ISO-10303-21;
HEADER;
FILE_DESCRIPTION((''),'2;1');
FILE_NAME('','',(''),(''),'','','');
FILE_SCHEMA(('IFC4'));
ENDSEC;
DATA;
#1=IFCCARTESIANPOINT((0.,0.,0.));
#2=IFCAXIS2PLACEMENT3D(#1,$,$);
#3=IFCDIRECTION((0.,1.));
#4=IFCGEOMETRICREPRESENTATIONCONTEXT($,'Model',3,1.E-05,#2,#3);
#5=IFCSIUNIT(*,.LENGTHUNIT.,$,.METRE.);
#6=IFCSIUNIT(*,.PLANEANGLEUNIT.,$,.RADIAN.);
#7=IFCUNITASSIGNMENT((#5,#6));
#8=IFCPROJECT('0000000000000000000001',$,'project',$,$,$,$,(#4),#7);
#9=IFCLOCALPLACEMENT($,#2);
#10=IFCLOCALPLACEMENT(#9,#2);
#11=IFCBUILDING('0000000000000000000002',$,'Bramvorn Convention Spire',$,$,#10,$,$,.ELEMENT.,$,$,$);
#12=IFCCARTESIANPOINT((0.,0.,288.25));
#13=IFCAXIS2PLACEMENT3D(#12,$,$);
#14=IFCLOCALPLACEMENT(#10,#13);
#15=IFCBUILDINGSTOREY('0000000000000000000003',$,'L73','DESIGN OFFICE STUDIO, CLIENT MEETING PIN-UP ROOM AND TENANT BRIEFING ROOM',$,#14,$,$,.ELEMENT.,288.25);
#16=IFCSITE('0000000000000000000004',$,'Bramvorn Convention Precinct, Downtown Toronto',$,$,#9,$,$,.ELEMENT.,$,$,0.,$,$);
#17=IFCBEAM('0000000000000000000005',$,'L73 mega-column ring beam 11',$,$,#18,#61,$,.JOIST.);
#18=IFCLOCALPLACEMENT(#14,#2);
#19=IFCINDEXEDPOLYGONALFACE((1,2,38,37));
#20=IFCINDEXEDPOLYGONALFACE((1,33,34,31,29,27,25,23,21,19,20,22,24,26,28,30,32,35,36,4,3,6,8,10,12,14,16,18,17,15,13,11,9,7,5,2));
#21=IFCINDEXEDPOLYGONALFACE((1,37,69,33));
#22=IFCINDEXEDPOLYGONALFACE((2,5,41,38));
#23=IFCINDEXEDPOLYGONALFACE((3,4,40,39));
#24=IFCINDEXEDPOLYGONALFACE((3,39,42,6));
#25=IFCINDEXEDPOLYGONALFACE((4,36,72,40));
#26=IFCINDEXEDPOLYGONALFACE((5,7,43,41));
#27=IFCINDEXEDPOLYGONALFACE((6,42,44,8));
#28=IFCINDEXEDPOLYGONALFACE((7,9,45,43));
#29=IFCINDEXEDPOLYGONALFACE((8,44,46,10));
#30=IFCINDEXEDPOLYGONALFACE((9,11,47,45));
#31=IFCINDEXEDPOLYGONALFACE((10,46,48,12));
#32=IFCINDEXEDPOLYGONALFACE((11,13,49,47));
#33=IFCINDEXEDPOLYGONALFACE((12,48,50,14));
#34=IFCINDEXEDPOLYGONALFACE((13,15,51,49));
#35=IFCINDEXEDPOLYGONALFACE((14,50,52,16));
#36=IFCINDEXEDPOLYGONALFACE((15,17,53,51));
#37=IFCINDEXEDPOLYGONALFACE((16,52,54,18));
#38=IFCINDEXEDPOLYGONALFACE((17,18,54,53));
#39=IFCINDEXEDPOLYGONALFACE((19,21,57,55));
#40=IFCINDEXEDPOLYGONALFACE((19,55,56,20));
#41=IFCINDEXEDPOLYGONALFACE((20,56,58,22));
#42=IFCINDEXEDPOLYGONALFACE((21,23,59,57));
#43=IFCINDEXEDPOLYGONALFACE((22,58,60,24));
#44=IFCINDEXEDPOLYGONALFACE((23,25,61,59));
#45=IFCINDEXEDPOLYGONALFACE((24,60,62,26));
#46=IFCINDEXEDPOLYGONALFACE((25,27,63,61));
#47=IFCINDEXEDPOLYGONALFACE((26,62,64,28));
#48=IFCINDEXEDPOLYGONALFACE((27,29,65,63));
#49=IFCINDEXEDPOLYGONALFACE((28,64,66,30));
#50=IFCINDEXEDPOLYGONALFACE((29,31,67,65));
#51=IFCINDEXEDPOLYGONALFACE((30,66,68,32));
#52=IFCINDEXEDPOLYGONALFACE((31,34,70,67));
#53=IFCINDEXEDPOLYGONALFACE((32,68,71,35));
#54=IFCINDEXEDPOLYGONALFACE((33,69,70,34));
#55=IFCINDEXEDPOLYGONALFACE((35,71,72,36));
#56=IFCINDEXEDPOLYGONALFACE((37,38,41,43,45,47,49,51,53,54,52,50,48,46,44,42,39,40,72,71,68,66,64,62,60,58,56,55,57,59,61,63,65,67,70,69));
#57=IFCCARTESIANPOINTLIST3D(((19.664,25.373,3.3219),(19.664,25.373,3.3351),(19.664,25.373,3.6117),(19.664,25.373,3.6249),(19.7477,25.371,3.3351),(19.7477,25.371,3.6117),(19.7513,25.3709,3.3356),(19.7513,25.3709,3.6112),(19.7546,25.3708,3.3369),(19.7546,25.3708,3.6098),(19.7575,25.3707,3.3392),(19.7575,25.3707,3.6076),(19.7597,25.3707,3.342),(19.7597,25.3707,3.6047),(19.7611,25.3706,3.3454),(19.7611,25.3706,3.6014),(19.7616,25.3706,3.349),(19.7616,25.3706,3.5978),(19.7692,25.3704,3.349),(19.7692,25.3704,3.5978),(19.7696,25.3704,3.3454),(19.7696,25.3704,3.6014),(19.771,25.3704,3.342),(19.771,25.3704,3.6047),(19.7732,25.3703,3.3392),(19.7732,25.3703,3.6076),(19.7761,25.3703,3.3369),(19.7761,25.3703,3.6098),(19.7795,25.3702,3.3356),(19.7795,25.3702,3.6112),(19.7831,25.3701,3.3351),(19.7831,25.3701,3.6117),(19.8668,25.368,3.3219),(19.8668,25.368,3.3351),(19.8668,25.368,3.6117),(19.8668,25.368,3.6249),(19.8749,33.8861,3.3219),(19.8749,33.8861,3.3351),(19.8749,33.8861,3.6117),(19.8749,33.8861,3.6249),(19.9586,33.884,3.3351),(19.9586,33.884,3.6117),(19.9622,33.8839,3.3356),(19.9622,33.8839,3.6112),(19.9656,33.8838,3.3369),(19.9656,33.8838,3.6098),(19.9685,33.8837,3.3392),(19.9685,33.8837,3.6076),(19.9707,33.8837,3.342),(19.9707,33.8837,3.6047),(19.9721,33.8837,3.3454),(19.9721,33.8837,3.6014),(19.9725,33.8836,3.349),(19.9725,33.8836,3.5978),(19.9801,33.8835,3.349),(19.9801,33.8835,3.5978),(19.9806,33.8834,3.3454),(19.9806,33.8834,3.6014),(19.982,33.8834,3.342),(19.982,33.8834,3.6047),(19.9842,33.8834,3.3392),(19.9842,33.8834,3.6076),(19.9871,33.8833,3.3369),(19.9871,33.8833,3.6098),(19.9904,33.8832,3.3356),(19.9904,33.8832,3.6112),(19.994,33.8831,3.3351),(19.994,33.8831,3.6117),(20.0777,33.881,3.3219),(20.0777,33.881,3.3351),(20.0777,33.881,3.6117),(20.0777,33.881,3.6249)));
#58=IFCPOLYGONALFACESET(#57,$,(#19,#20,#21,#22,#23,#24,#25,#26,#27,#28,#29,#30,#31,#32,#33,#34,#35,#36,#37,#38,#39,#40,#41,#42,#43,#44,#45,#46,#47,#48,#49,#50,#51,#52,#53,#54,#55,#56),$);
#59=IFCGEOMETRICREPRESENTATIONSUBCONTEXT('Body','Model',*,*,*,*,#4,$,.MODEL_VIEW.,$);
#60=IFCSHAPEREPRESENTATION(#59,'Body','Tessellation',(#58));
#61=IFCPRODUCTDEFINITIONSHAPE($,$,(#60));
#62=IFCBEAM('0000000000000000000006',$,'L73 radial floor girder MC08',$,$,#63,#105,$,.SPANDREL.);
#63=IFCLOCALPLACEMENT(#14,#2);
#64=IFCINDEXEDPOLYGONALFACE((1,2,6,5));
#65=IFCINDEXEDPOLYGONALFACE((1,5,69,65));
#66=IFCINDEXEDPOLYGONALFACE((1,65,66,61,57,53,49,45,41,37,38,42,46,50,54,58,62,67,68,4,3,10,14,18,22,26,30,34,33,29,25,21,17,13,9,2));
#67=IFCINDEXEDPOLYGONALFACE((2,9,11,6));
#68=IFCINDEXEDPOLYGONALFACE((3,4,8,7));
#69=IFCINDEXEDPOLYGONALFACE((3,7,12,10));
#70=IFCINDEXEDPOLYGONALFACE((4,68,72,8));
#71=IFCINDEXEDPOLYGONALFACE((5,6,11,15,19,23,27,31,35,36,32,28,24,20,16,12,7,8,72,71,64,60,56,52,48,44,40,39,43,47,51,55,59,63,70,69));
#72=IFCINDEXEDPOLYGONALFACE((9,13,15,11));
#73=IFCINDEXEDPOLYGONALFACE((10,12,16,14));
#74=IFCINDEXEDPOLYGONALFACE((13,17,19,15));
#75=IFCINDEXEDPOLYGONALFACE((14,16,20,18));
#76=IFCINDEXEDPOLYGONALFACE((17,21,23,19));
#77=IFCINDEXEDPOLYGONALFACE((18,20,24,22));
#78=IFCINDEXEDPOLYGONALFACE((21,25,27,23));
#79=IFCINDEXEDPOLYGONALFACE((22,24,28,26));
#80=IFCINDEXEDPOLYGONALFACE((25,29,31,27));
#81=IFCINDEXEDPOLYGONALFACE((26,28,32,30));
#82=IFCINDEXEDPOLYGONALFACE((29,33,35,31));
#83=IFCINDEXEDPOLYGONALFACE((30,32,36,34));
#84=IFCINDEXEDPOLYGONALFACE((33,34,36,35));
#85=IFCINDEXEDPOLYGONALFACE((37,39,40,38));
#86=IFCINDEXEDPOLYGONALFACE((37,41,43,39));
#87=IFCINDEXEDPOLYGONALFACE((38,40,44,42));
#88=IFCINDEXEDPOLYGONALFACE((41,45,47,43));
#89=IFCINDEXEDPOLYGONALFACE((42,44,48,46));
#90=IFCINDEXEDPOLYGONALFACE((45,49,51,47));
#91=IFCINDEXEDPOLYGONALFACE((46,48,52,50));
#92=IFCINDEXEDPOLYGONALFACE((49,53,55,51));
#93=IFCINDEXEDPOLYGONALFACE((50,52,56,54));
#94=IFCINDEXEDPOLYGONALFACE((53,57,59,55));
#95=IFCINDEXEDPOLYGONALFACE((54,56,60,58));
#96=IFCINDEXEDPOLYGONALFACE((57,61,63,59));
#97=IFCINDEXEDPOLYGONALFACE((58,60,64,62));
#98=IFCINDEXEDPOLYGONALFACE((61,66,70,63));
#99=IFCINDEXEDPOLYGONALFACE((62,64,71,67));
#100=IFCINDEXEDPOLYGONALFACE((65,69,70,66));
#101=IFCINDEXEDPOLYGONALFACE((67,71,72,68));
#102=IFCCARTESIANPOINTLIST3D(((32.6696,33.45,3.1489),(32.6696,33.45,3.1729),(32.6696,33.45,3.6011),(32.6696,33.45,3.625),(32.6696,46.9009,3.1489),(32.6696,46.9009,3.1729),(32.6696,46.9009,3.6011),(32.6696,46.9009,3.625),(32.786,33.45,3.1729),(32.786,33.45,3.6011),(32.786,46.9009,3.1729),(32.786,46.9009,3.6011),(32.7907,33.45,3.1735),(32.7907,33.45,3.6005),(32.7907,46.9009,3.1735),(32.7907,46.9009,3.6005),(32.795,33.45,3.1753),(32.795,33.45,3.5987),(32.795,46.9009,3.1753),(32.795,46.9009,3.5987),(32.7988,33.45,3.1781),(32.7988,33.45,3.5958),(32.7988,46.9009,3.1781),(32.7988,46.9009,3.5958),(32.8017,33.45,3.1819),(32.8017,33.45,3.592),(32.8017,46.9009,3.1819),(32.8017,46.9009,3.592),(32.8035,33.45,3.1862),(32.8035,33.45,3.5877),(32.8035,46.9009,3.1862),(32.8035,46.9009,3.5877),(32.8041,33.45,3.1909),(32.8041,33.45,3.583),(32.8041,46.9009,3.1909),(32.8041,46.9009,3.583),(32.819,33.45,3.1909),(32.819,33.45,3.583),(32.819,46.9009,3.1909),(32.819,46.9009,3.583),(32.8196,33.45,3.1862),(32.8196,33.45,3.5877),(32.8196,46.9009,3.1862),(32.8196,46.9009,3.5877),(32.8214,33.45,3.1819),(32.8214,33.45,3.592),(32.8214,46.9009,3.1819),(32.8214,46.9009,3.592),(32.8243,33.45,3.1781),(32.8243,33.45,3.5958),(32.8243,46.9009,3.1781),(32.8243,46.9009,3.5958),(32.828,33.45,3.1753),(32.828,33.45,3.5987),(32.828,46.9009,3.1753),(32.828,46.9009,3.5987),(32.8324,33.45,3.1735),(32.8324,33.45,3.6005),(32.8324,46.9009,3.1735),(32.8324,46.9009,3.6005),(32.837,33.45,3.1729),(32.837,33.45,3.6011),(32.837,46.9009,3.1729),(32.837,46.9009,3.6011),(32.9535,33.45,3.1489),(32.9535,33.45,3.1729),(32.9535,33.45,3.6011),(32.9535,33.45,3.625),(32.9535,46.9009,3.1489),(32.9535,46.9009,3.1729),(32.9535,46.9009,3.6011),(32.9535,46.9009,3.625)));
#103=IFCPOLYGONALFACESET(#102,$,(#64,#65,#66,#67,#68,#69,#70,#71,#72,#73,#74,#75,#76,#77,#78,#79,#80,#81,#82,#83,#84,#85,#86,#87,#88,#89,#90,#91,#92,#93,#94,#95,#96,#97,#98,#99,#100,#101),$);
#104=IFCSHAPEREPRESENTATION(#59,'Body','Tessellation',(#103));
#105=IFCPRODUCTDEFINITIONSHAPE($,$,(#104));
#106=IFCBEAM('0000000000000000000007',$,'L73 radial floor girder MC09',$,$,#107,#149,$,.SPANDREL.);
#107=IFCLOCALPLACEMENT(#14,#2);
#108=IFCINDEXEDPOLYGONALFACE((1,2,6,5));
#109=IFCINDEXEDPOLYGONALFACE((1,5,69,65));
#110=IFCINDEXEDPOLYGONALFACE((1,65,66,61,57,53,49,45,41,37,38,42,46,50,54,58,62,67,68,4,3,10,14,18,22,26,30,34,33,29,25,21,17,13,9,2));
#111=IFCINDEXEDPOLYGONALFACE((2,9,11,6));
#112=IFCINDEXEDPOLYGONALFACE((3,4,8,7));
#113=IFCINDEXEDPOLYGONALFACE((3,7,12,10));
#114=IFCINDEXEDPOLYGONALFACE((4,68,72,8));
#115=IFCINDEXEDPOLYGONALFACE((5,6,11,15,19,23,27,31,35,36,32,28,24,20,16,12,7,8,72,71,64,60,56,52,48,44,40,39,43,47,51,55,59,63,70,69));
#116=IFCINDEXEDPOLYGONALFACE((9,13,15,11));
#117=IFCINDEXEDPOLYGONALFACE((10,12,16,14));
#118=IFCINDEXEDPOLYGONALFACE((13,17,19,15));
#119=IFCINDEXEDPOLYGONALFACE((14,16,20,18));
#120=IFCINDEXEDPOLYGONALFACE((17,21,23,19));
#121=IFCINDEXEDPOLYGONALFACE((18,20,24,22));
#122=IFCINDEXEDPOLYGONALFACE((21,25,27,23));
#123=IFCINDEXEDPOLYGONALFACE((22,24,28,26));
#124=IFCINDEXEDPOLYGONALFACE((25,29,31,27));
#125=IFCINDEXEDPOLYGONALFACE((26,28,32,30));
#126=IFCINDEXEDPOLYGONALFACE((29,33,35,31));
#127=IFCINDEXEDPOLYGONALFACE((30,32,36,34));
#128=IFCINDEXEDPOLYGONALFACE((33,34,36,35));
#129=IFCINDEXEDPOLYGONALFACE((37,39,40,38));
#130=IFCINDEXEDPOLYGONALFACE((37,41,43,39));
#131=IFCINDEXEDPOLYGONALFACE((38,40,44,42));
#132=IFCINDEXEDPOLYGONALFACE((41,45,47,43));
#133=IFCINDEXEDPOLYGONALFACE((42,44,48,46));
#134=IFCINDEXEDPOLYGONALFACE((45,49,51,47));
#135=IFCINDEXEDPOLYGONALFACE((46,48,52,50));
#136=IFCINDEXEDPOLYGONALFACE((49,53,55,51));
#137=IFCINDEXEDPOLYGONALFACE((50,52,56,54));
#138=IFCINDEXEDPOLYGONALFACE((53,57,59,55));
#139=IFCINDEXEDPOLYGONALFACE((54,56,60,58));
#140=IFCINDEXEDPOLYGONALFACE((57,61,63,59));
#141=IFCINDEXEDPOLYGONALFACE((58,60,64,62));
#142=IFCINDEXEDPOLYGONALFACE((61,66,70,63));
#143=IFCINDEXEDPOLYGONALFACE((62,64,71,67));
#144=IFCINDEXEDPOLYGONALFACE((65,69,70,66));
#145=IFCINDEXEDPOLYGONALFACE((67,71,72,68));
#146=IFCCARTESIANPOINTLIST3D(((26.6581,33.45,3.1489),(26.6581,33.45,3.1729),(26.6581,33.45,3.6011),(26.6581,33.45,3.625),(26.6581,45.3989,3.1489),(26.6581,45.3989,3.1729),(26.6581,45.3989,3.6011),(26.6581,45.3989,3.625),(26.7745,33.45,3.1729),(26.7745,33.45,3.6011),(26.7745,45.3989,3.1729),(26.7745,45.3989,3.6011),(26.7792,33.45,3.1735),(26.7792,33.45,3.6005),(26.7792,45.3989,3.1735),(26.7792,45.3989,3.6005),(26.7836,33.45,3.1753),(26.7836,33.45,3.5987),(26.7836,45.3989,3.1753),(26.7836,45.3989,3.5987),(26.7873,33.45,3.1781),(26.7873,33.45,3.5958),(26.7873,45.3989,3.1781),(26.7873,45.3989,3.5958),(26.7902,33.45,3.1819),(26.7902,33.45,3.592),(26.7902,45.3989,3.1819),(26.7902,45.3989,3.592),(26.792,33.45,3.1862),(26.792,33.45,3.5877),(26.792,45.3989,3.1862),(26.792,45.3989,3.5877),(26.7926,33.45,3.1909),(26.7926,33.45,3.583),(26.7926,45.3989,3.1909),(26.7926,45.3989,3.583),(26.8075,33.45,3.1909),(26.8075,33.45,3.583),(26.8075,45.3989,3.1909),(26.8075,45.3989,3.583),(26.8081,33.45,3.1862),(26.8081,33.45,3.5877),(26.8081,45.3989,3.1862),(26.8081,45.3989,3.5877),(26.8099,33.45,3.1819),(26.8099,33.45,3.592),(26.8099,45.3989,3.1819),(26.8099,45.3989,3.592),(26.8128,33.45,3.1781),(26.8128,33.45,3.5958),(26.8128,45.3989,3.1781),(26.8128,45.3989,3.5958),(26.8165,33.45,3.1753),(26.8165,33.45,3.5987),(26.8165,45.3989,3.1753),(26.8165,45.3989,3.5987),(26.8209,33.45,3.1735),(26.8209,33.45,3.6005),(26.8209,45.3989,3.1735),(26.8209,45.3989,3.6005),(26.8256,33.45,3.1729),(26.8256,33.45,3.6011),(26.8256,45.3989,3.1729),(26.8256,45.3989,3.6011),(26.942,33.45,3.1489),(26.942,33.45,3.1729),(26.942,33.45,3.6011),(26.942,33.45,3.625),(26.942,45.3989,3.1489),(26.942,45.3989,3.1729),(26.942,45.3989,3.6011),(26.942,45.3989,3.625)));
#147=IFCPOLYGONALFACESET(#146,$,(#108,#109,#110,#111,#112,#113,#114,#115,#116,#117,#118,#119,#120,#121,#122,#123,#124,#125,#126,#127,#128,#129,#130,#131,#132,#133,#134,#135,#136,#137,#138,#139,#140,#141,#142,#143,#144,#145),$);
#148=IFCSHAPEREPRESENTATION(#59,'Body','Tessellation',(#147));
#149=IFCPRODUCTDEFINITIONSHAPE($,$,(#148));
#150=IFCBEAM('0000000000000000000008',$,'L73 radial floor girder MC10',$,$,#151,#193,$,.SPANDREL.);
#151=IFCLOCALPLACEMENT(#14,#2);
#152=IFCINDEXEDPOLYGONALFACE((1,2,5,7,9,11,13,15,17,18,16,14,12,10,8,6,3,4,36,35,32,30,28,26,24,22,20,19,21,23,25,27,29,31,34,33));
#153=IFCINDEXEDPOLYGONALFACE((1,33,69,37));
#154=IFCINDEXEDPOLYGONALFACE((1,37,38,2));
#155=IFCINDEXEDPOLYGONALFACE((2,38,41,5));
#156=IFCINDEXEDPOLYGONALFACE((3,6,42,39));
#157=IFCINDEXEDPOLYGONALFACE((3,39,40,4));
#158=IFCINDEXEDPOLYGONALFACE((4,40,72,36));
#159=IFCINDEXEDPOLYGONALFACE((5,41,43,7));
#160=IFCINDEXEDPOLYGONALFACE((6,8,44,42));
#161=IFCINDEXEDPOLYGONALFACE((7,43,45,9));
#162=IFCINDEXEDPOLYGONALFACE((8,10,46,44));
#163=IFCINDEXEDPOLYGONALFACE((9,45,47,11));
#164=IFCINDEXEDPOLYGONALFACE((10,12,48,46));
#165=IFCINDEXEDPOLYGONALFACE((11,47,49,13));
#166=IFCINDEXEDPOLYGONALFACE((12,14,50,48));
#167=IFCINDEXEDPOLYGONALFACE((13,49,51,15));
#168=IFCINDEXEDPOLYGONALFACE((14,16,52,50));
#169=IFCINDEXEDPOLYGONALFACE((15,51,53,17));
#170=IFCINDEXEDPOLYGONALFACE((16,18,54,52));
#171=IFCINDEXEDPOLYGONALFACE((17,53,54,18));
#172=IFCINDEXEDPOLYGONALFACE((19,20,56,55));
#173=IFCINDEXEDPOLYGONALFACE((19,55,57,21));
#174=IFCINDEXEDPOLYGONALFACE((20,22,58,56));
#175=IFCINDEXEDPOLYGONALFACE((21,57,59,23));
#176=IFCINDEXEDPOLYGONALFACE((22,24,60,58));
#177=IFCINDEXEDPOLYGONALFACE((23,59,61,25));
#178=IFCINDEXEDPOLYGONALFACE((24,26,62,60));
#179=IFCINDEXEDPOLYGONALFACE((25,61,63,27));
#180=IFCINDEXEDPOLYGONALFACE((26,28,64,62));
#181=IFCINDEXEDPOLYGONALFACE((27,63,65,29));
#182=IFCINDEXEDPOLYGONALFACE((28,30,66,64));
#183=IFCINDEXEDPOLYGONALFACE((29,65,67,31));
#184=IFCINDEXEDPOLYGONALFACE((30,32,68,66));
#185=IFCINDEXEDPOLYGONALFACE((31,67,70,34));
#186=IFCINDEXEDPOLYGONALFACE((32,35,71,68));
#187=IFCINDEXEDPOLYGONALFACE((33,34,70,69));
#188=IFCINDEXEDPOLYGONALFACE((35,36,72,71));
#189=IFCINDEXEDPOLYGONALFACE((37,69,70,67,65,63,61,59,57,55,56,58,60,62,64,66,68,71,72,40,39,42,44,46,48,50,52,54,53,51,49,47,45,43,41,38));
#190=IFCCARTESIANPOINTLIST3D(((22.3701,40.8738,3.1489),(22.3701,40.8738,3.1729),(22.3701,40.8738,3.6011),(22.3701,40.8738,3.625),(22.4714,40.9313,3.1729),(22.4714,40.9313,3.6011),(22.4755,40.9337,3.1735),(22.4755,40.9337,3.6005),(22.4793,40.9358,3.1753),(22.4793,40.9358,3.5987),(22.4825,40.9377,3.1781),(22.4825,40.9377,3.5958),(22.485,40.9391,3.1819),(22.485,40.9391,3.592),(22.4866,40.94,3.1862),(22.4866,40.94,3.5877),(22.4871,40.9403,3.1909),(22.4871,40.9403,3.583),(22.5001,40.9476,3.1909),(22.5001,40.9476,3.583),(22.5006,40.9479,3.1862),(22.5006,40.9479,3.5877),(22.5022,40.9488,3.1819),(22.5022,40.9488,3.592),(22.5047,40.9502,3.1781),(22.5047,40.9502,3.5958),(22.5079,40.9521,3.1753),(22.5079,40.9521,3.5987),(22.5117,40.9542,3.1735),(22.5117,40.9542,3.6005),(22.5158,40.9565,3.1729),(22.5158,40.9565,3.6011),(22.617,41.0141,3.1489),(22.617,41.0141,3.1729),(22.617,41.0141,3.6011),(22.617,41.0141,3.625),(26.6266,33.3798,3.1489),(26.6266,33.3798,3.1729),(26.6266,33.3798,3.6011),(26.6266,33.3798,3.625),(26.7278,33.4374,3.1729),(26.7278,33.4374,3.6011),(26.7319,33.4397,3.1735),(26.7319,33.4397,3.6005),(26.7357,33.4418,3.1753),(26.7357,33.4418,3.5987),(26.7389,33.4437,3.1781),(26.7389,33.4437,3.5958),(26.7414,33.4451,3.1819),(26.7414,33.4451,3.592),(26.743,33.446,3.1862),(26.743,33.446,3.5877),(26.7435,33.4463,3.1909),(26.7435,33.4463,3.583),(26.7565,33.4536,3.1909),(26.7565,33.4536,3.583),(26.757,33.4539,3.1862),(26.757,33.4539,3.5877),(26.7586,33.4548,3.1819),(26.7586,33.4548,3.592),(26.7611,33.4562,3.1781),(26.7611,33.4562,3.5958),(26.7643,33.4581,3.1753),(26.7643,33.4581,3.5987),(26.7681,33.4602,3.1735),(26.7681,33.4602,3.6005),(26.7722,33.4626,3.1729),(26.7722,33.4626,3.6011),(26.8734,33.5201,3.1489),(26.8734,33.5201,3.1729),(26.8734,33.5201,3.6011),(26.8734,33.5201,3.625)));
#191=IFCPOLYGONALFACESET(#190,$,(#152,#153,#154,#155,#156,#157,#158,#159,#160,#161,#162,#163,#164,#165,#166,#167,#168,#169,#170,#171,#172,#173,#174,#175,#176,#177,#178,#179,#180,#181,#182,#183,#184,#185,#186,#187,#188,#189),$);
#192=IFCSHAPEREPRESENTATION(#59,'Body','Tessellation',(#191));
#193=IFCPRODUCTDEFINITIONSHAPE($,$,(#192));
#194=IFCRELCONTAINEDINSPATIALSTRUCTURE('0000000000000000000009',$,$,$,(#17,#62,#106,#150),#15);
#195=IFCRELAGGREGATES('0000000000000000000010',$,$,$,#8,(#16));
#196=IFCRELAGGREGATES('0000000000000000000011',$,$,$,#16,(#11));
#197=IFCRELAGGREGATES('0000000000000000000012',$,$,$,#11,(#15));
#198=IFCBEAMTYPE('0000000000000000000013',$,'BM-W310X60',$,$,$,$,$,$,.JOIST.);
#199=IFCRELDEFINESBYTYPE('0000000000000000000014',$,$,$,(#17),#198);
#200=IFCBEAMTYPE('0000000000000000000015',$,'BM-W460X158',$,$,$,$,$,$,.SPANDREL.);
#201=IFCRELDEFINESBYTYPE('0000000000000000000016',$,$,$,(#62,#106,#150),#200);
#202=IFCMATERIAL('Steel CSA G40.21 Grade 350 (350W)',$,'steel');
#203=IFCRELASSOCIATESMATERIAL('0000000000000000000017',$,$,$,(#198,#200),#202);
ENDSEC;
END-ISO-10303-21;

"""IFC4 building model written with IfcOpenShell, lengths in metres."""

from ifc_helpers import new_model, si_unit, direction, frame, origin, origin_2d, place, context, subcontext, project, spatial, i_section, extrude, material, material_profile, profile_set, type_object, element, save


model = new_model("IFC4")

# Units and contexts
model_context = context("Model", 3, precision=1e-05, world=origin(), true_north=direction((0.0, 1.0)))
body_context = subcontext(model_context, "Body", "Model", "MODEL_VIEW")
ifc_project = project(units=[si_unit("LENGTHUNIT", "METRE"), si_unit("PLANEANGLEUNIT", "RADIAN")], contexts=[model_context])

# Site, building, storey
site_placement = place(None, origin())
site = spatial("IfcSite", under=ifc_project, at=site_placement, Name="Bramvorn Convention Precinct, Downtown Toronto", CompositionType="ELEMENT", RefElevation=0.0)
building_placement = place(site_placement, origin())
building = spatial("IfcBuilding", under=site, at=building_placement, Name="Bramvorn Convention Spire", CompositionType="ELEMENT")
storey_placement = place(building_placement, frame((0.0, 0.0, 288.25)))
storey = spatial("IfcBuildingStorey", under=building, at=storey_placement, Name="L73", Description="DESIGN OFFICE STUDIO, CLIENT MEETING PIN-UP ROOM AND TENANT BRIEFING ROOM", CompositionType="ELEMENT", Elevation=288.25)

# Shared definitions
ifc_material_1 = material(Name="Steel CSA G40.21 Grade 350 (350W)", Category="steel")

# Beams
ifc_material_profile_1 = material_profile(ifc_material_1, i_section(OverallWidth=0.2029, OverallDepth=0.303, WebThickness=0.0076, FlangeThickness=0.0132, FilletRadius=0.0139, at=origin_2d()))
ifc_profile_set_1 = profile_set([ifc_material_profile_1], Name="Steel CSA G40.21 Grade 350 (350W) - W310X60")
beam_type_1 = type_object("IfcBeamType", Name="BM-W310X60", PredefinedType="JOIST", material=ifc_profile_set_1)
beam_1_placement = place(storey_placement, frame((19.9763, 33.8835, 3.4734), z_axis=(-0.024771, -0.999693, 0.0), x_axis=(0.999693, -0.024771, 0.0)))
element("IfcBeam", 1, at=beam_1_placement, inside=storey, type_object=beam_type_1, Name="L73 mega-column ring beam 11", PredefinedType="JOIST", context=body_context, shape_type="SweptSolid", body=[
    extrude(i_section(OverallWidth=0.2029, OverallDepth=0.303, WebThickness=0.0076, FlangeThickness=0.0132, FilletRadius=0.0139, at=origin_2d()), origin(), (0.0, 0.0, 1.0), 8.5156),
])
ifc_material_profile_2 = material_profile(ifc_material_1, i_section(OverallWidth=0.2839, OverallDepth=0.4761, WebThickness=0.0149, FlangeThickness=0.0239, FilletRadius=0.0181, at=origin_2d()))
ifc_profile_set_2 = profile_set([ifc_material_profile_2], Name="Steel CSA G40.21 Grade 350 (350W) - W460X158")
beam_type_2 = type_object("IfcBeamType", Name="BM-W460X158", PredefinedType="SPANDREL", material=ifc_profile_set_2)
beam_2_placement = place(storey_placement, frame((32.8115, 33.45, 3.387), z_axis=(0.0, 1.0, 0.0), x_axis=(-1.0, 0.0, 0.0)))
element("IfcBeam", 2, at=beam_2_placement, inside=storey, type_object=beam_type_2, Name="L73 radial floor girder MC08", PredefinedType="SPANDREL", context=body_context, shape_type="SweptSolid", body=[
    extrude(i_section(OverallWidth=0.2839, OverallDepth=0.4761, WebThickness=0.0149, FlangeThickness=0.0239, FilletRadius=0.0181, at=origin_2d()), origin(), (0.0, 0.0, 1.0), 13.4509),
])
beam_3_placement = place(storey_placement, frame((26.8, 33.45, 3.387), z_axis=(0.0, 1.0, 0.0), x_axis=(-1.0, 0.0, 0.0)))
element("IfcBeam", 3, at=beam_3_placement, inside=storey, type_object=beam_type_2, Name="L73 radial floor girder MC09", PredefinedType="SPANDREL", context=body_context, shape_type="SweptSolid", body=[
    extrude(i_section(OverallWidth=0.2839, OverallDepth=0.4761, WebThickness=0.0149, FlangeThickness=0.0239, FilletRadius=0.0181, at=origin_2d()), origin(), (0.0, 0.0, 1.0), 11.949),
])
beam_4_placement = place(storey_placement, frame((26.75, 33.45, 3.387), z_axis=(-0.493874, 0.869534, 0.0), x_axis=(-0.869534, -0.493874, 0.0)))
element("IfcBeam", 4, at=beam_4_placement, inside=storey, type_object=beam_type_2, Name="L73 radial floor girder MC10", PredefinedType="SPANDREL", context=body_context, shape_type="SweptSolid", body=[
    extrude(i_section(OverallWidth=0.2839, OverallDepth=0.4761, WebThickness=0.0149, FlangeThickness=0.0239, FilletRadius=0.0181, at=origin_2d()), origin(), (0.0, 0.0, 1.0), 8.6184),
])

save(model, "model.ifc")
